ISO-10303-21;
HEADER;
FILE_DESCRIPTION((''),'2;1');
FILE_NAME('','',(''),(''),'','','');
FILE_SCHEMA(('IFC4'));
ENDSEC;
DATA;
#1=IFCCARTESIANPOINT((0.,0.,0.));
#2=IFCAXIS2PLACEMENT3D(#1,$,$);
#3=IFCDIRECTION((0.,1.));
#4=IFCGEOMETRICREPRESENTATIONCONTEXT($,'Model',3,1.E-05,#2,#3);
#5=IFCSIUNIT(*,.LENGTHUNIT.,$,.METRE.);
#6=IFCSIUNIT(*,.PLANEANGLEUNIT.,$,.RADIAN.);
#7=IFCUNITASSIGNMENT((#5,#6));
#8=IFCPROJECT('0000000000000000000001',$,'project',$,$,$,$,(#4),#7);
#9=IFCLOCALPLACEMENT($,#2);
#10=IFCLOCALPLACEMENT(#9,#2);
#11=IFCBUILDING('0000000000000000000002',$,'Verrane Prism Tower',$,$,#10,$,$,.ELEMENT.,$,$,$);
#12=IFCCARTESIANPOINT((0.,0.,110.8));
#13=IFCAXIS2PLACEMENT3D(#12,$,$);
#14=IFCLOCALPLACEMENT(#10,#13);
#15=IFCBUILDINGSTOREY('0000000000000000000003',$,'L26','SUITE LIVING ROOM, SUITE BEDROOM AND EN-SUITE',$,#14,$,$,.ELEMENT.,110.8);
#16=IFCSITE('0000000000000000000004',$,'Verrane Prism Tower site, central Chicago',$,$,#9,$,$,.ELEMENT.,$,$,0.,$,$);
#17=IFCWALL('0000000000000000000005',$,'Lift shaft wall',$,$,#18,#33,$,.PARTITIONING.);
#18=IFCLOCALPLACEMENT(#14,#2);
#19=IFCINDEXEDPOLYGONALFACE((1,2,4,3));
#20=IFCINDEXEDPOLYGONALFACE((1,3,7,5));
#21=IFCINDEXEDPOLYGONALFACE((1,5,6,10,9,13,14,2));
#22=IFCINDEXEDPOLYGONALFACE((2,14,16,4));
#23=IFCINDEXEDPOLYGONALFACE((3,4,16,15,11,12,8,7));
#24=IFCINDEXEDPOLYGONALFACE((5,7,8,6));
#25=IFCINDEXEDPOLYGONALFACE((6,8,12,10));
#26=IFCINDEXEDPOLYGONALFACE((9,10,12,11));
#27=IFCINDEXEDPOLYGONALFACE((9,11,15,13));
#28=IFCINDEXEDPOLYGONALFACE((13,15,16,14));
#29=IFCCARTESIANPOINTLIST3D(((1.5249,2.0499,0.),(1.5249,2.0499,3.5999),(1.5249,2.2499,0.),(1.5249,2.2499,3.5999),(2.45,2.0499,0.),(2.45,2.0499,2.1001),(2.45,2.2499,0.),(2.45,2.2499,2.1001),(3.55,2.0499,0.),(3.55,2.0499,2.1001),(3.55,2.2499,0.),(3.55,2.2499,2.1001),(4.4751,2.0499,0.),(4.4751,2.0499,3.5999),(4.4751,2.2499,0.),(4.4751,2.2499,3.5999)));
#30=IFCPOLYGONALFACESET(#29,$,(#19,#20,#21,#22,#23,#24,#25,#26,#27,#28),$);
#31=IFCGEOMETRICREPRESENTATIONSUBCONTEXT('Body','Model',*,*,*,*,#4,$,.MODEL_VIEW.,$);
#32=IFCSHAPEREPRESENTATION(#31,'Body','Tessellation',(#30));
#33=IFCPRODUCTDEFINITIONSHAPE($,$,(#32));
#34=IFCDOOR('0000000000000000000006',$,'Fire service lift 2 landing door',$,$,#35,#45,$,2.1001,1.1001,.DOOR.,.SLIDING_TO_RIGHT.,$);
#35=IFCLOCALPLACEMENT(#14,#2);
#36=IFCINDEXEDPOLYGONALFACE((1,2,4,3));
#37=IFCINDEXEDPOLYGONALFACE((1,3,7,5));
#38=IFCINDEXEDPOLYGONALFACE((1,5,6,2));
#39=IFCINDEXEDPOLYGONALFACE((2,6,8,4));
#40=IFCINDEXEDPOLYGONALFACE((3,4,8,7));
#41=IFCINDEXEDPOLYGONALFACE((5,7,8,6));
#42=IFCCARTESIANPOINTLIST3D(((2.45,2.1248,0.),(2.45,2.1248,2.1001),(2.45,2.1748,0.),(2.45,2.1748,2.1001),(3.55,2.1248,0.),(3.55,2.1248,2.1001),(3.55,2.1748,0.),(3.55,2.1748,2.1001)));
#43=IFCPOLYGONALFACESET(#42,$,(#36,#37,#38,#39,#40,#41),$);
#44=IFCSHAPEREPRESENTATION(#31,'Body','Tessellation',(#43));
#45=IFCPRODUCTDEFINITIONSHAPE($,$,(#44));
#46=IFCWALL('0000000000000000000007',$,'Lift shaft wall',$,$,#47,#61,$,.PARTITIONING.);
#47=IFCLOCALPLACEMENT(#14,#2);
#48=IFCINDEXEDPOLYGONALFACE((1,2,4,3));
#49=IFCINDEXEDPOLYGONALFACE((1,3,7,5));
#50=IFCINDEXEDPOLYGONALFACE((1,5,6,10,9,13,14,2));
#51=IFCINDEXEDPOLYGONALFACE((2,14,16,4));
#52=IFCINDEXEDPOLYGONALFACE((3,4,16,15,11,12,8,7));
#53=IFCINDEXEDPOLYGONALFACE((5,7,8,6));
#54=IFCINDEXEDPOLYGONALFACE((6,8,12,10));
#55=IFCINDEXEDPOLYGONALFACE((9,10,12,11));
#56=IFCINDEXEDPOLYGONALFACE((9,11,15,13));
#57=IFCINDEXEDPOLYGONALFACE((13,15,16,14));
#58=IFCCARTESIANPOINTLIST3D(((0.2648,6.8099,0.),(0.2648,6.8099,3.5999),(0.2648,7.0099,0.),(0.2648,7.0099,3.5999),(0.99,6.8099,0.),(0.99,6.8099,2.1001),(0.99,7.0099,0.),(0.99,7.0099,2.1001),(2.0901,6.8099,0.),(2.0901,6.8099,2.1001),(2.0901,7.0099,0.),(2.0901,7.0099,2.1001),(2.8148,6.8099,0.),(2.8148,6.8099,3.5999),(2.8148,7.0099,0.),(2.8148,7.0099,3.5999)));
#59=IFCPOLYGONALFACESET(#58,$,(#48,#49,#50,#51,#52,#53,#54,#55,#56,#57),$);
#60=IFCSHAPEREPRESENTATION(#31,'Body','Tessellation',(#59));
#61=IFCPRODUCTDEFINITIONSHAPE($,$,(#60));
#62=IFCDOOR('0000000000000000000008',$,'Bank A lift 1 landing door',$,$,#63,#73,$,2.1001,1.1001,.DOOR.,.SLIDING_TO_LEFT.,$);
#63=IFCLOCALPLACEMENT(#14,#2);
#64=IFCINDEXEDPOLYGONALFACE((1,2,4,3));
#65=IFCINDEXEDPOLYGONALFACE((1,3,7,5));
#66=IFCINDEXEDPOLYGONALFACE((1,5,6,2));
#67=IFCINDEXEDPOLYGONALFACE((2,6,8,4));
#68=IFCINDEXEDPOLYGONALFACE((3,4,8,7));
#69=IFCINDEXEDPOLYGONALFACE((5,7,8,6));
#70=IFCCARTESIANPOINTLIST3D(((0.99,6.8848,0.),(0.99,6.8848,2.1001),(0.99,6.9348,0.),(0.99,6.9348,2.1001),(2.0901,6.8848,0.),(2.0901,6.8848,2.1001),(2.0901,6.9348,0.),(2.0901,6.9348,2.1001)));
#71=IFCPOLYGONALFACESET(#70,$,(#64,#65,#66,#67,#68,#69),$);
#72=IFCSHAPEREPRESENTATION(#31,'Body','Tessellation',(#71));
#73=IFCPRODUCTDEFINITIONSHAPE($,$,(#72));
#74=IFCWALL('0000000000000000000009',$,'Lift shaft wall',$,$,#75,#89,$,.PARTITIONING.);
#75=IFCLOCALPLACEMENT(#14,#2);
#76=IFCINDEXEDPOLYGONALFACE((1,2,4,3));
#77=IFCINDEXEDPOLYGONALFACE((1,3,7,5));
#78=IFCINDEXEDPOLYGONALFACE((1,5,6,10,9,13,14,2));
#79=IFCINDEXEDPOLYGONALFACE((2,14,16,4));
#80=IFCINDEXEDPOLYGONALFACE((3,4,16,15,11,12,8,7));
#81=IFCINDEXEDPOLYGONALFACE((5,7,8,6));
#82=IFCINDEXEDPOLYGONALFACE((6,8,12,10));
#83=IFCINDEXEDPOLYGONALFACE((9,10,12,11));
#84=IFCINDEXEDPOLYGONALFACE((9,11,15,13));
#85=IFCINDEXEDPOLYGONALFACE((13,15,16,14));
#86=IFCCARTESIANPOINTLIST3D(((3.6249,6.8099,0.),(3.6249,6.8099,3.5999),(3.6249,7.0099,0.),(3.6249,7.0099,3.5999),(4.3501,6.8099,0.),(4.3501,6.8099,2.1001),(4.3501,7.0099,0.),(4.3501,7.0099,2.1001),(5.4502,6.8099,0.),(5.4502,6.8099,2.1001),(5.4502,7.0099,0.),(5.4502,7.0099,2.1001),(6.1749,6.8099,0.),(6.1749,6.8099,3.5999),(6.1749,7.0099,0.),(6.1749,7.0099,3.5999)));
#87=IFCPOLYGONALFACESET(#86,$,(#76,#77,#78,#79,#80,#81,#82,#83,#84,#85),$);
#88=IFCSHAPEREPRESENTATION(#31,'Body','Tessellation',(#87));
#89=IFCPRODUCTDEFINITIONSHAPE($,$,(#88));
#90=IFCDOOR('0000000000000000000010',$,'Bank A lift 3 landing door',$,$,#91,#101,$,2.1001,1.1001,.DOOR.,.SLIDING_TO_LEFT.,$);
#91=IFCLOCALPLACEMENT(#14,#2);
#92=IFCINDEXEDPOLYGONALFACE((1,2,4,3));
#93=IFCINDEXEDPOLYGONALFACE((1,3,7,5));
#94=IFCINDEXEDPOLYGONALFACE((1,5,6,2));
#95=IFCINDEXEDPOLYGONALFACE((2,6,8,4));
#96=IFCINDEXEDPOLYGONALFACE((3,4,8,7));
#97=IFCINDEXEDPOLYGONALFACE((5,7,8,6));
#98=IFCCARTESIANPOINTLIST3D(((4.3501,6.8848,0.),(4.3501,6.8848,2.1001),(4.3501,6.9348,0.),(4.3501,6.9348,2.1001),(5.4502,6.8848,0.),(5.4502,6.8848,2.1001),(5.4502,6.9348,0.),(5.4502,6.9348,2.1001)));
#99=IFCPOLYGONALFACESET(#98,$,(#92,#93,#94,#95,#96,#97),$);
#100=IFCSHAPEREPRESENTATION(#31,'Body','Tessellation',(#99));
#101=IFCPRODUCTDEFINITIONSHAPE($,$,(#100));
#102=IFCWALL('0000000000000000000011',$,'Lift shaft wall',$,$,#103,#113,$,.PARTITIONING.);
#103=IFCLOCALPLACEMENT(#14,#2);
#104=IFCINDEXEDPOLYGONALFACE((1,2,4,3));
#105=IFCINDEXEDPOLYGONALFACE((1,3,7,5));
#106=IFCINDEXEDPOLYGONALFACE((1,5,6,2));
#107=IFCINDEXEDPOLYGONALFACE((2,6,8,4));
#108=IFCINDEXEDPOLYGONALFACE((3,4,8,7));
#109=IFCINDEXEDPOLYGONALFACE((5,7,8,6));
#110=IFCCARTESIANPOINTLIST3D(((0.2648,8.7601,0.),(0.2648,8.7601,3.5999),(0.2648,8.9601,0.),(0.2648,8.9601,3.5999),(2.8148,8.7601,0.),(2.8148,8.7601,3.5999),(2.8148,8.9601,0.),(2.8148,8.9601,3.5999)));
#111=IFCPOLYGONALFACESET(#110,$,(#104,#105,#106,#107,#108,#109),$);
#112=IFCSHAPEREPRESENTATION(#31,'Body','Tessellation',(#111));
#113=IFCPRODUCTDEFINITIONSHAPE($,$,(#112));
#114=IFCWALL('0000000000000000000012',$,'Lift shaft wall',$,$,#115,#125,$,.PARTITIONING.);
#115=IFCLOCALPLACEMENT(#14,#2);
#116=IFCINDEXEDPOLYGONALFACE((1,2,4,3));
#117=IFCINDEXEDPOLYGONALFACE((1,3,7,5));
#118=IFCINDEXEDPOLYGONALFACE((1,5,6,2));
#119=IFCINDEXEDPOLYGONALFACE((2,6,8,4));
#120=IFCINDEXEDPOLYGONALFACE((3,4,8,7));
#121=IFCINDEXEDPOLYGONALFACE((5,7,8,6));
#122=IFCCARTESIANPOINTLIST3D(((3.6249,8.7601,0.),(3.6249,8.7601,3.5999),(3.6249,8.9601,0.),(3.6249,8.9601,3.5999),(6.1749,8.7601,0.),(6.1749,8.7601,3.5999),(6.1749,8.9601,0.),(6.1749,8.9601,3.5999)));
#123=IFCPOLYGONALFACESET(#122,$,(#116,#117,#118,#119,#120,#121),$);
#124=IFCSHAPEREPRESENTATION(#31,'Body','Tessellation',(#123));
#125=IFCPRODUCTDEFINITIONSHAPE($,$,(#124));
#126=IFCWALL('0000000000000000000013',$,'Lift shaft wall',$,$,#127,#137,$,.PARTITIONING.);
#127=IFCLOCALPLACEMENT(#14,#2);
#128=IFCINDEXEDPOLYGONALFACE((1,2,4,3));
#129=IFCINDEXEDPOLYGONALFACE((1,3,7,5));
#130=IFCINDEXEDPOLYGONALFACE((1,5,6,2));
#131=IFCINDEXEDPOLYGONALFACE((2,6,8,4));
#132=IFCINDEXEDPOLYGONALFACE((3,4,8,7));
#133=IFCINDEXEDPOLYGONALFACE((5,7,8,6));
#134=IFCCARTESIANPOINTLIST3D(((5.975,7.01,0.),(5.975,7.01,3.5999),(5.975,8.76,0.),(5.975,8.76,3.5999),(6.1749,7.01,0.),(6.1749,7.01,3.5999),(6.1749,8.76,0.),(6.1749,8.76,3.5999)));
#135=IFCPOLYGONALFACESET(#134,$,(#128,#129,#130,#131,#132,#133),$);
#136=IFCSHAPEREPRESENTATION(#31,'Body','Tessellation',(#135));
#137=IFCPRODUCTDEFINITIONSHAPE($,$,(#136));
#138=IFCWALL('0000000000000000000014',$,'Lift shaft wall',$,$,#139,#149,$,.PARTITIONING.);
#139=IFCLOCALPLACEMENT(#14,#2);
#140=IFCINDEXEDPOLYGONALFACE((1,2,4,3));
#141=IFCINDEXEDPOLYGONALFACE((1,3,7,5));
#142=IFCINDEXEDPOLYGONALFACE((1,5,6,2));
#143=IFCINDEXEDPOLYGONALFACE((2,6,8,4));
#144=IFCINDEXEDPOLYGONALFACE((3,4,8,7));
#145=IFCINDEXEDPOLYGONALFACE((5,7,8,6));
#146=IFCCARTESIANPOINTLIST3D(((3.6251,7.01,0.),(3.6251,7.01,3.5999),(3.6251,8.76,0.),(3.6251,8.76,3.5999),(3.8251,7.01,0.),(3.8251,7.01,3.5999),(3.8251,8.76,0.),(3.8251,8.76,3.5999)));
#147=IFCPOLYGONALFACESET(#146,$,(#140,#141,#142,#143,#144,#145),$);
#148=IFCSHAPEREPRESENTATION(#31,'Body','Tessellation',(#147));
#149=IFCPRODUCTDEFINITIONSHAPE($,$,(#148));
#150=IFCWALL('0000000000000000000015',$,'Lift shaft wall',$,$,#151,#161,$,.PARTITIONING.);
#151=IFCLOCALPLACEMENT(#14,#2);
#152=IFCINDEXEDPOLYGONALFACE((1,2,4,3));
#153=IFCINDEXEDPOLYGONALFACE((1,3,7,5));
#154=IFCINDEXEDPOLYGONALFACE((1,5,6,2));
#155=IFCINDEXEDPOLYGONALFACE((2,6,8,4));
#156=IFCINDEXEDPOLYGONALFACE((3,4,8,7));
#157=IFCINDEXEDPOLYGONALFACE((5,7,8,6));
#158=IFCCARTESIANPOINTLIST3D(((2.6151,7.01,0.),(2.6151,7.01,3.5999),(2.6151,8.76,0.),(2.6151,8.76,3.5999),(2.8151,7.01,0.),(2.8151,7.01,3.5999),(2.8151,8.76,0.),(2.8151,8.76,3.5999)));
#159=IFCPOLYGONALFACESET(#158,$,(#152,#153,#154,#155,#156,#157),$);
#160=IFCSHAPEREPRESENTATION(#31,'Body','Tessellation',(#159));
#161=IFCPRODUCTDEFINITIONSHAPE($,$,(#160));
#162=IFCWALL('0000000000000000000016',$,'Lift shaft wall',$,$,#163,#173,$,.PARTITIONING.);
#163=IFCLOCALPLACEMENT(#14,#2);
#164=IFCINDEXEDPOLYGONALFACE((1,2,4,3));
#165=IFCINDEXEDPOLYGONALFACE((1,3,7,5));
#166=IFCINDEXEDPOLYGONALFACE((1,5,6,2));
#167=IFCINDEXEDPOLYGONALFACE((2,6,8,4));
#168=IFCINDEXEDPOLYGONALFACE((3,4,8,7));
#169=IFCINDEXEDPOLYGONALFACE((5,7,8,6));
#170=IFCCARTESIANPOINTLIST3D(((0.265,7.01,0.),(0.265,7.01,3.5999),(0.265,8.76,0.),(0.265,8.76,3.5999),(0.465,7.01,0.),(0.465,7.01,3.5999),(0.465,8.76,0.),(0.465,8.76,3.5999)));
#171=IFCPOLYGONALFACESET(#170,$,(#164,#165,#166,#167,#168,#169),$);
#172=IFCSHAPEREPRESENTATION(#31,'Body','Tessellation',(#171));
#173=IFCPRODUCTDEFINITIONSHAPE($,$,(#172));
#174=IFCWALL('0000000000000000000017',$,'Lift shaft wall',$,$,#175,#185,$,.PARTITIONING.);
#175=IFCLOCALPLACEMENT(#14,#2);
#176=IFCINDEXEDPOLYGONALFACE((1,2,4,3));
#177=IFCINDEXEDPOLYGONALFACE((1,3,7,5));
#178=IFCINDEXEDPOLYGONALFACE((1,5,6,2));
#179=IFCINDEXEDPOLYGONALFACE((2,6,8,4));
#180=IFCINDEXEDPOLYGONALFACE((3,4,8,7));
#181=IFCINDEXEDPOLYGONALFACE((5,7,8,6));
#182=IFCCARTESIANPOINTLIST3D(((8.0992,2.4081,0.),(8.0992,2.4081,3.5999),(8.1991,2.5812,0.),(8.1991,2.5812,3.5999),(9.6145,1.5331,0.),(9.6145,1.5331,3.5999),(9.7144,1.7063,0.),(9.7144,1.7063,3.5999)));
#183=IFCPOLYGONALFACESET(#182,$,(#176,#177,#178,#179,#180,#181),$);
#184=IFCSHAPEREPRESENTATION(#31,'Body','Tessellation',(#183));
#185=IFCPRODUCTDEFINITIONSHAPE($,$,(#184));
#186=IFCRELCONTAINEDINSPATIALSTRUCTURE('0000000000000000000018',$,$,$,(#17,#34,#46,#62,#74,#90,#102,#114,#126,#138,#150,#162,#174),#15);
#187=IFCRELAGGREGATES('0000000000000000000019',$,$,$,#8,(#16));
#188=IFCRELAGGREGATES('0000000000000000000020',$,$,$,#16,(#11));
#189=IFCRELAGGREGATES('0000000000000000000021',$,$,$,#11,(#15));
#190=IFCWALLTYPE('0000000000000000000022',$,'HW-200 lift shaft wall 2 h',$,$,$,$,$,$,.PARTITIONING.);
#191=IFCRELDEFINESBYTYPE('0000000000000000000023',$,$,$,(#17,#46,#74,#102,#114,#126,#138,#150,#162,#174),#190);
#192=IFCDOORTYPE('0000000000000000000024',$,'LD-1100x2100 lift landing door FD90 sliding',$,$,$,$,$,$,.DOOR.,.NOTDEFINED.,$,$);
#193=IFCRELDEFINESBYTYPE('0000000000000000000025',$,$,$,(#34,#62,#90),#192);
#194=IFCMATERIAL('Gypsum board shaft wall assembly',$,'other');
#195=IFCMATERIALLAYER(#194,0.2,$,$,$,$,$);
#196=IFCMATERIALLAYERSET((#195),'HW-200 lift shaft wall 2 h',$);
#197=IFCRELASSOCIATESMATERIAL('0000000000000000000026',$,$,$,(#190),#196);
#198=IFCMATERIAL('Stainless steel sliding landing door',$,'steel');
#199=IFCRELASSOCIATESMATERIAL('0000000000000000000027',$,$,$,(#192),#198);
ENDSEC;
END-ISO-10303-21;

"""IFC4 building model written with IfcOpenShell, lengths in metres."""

from ifc_helpers import new_model, si_unit, direction, frame, frame_2d, origin, place, context, subcontext, project, spatial, rectangle, extrude, material, layer, layer_set, type_object, element, fill, save


model = new_model("IFC4")

# Units and contexts
model_context = context("Model", 3, precision=1e-05, world=origin(), true_north=direction((0.0, 1.0)))
body_context = subcontext(model_context, "Body", "Model", "MODEL_VIEW")
ifc_project = project(units=[si_unit("LENGTHUNIT", "METRE"), si_unit("PLANEANGLEUNIT", "RADIAN")], contexts=[model_context])

# Site, building, storey
site_placement = place(None, origin())
site = spatial("IfcSite", under=ifc_project, at=site_placement, Name="Verrane Prism Tower site, central Chicago", CompositionType="ELEMENT", RefElevation=0.0)
building_placement = place(site_placement, origin())
building = spatial("IfcBuilding", under=site, at=building_placement, Name="Verrane Prism Tower", CompositionType="ELEMENT")
storey_placement = place(building_placement, frame((0.0, 0.0, 110.8)))
storey = spatial("IfcBuildingStorey", under=building, at=storey_placement, Name="L26", Description="SUITE LIVING ROOM, SUITE BEDROOM AND EN-SUITE", CompositionType="ELEMENT", Elevation=110.8)

# Walls, openings, doors
ifc_material_1 = material(Name="Gypsum board shaft wall assembly", Category="other")
ifc_layer_1 = layer(ifc_material_1, 0.2)
ifc_layer_set_1 = layer_set([ifc_layer_1], Name="HW-200 lift shaft wall 2 h")
wall_type_1 = type_object("IfcWallType", Name="HW-200 lift shaft wall 2 h", PredefinedType="PARTITIONING", material=ifc_layer_set_1)
wall_1_placement = place(storey_placement, frame((1.5249, 2.1499, 0.0), z_axis=(0.0, 0.0, 1.0), x_axis=(1.0, 0.0, 0.0)))
wall_1 = element("IfcWall", 1, at=wall_1_placement, inside=storey, type_object=wall_type_1, Name="Lift shaft wall", PredefinedType="PARTITIONING", context=body_context, shape_type="SweptSolid", body=[
    extrude(rectangle(XDim=2.9502, YDim=0.2, at=frame_2d((1.4751, 0.0))), origin(), (0.0, 0.0, 1.0), 3.5999),
])
opening_1_placement = place(wall_1_placement, frame((0.925, 0.0, 0.0)))
opening_1 = element("IfcOpeningElement", 2, at=opening_1_placement, cuts=wall_1, PredefinedType="OPENING", context=body_context, shape_type="SweptSolid", body=[
    extrude(rectangle(XDim=1.1001, YDim=2.1001, at=frame_2d((0.55, 1.05))), frame((0.0, 0.1099, 0.0), z_axis=(0.0, -1.0, 0.0), x_axis=(1.0, 0.0, 0.0)), (0.0, 0.0, 1.0), 0.22),
])
ifc_material_2 = material(Name="Stainless steel sliding landing door", Category="steel")
door_type_1 = type_object("IfcDoorType", Name="LD-1100x2100 lift landing door FD90 sliding", OperationType="NOTDEFINED", PredefinedType="DOOR", material=ifc_material_2)
door_1_placement = place(opening_1_placement, origin())
door_1 = element("IfcDoor", 3, at=door_1_placement, inside=storey, type_object=door_type_1, Name="Fire service lift 2 landing door", OperationType="SLIDING_TO_RIGHT", OverallHeight=2.1001, OverallWidth=1.1001, PredefinedType="DOOR", context=body_context, shape_type="SweptSolid", body=[
    extrude(rectangle(XDim=1.1001, YDim=2.1001, at=frame_2d((0.55, 1.05))), frame((0.0, 0.0249, 0.0), z_axis=(0.0, -1.0, 0.0), x_axis=(1.0, 0.0, 0.0)), (0.0, 0.0, 1.0), 0.05),
])
fill(opening_1, door_1)
wall_2_placement = place(storey_placement, frame((0.2649, 6.9099, 0.0), z_axis=(0.0, 0.0, 1.0), x_axis=(1.0, 0.0, 0.0)))
wall_2 = element("IfcWall", 4, at=wall_2_placement, inside=storey, type_object=wall_type_1, Name="Lift shaft wall", PredefinedType="PARTITIONING", context=body_context, shape_type="SweptSolid", body=[
    extrude(rectangle(XDim=2.55, YDim=0.2, at=frame_2d((1.2749, 0.0))), origin(), (0.0, 0.0, 1.0), 3.5999),
])
opening_2_placement = place(wall_2_placement, frame((0.7251, 0.0, 0.0)))
opening_2 = element("IfcOpeningElement", 5, at=opening_2_placement, cuts=wall_2, PredefinedType="OPENING", context=body_context, shape_type="SweptSolid", body=[
    extrude(rectangle(XDim=1.1001, YDim=2.1001, at=frame_2d((0.55, 1.05))), frame((0.0, 0.1099, 0.0), z_axis=(0.0, -1.0, 0.0), x_axis=(1.0, 0.0, 0.0)), (0.0, 0.0, 1.0), 0.22),
])
door_2_placement = place(opening_2_placement, origin())
door_2 = element("IfcDoor", 6, at=door_2_placement, inside=storey, type_object=door_type_1, Name="Bank A lift 1 landing door", OperationType="SLIDING_TO_LEFT", OverallHeight=2.1001, OverallWidth=1.1001, PredefinedType="DOOR", context=body_context, shape_type="SweptSolid", body=[
    extrude(rectangle(XDim=1.1001, YDim=2.1001, at=frame_2d((0.55, 1.05))), frame((0.0, 0.0249, 0.0), z_axis=(0.0, -1.0, 0.0), x_axis=(1.0, 0.0, 0.0)), (0.0, 0.0, 1.0), 0.05),
])
fill(opening_2, door_2)
wall_3_placement = place(storey_placement, frame((3.625, 6.9099, 0.0), z_axis=(0.0, 0.0, 1.0), x_axis=(1.0, 0.0, 0.0)))
wall_3 = element("IfcWall", 7, at=wall_3_placement, inside=storey, type_object=wall_type_1, Name="Lift shaft wall", PredefinedType="PARTITIONING", context=body_context, shape_type="SweptSolid", body=[
    extrude(rectangle(XDim=2.55, YDim=0.2, at=frame_2d((1.2749, 0.0))), origin(), (0.0, 0.0, 1.0), 3.5999),
])
opening_3_placement = place(wall_3_placement, frame((0.7251, 0.0, 0.0)))
opening_3 = element("IfcOpeningElement", 8, at=opening_3_placement, cuts=wall_3, PredefinedType="OPENING", context=body_context, shape_type="SweptSolid", body=[
    extrude(rectangle(XDim=1.1001, YDim=2.1001, at=frame_2d((0.55, 1.05))), frame((0.0, 0.1099, 0.0), z_axis=(0.0, -1.0, 0.0), x_axis=(1.0, 0.0, 0.0)), (0.0, 0.0, 1.0), 0.22),
])
door_3_placement = place(opening_3_placement, origin())
door_3 = element("IfcDoor", 9, at=door_3_placement, inside=storey, type_object=door_type_1, Name="Bank A lift 3 landing door", OperationType="SLIDING_TO_LEFT", OverallHeight=2.1001, OverallWidth=1.1001, PredefinedType="DOOR", context=body_context, shape_type="SweptSolid", body=[
    extrude(rectangle(XDim=1.1001, YDim=2.1001, at=frame_2d((0.55, 1.05))), frame((0.0, 0.0249, 0.0), z_axis=(0.0, -1.0, 0.0), x_axis=(1.0, 0.0, 0.0)), (0.0, 0.0, 1.0), 0.05),
])
fill(opening_3, door_3)

# Walls
for number, where, z_axis, x_axis, name in (
    (10, (0.2649, 8.8601, 0.0), (0.0, 0.0, 1.0), (1.0, 0.0, 0.0), "Lift shaft wall"),
    (11, (3.625, 8.8601, 0.0), (0.0, 0.0, 1.0), (1.0, 0.0, 0.0), "Lift shaft wall"),
):
    element("IfcWall", number, at=place(storey_placement, frame(where, z_axis=z_axis, x_axis=x_axis)), inside=storey, type_object=wall_type_1, Name=name, PredefinedType="PARTITIONING", context=body_context, shape_type="SweptSolid", body=[
        extrude(rectangle(XDim=2.55, YDim=0.2, at=frame_2d((1.2749, 0.0))), origin(), (0.0, 0.0, 1.0), 3.5999),
    ])
for number, where, z_axis, x_axis, name in (
    (12, (6.075, 7.01, 0.0), (0.0, 0.0, 1.0), (0.0, 1.0, 0.0), "Lift shaft wall"),
    (13, (3.7251, 7.01, 0.0), (0.0, 0.0, 1.0), (0.0, 1.0, 0.0), "Lift shaft wall"),
    (14, (2.7151, 7.01, 0.0), (0.0, 0.0, 1.0), (0.0, 1.0, 0.0), "Lift shaft wall"),
    (15, (0.365, 7.01, 0.0), (0.0, 0.0, 1.0), (0.0, 1.0, 0.0), "Lift shaft wall"),
):
    element("IfcWall", number, at=place(storey_placement, frame(where, z_axis=z_axis, x_axis=x_axis)), inside=storey, type_object=wall_type_1, Name=name, PredefinedType="PARTITIONING", context=body_context, shape_type="SweptSolid", body=[
        extrude(rectangle(XDim=1.75, YDim=0.2, at=frame_2d((0.875, 0.0))), origin(), (0.0, 0.0, 1.0), 3.5999),
    ])
wall_4_placement = place(storey_placement, frame((9.6646, 1.6196, 0.0), z_axis=(0.0, 0.0, 1.0), x_axis=(-0.866002, 0.50004, 0.0)))
element("IfcWall", 16, at=wall_4_placement, inside=storey, type_object=wall_type_1, Name="Lift shaft wall", PredefinedType="PARTITIONING", context=body_context, shape_type="SweptSolid", body=[
    extrude(rectangle(XDim=1.7498, YDim=0.2, at=frame_2d((0.875, 0.0))), origin(), (0.0, 0.0, 1.0), 3.5999),
])

save(model, "model.ifc")
